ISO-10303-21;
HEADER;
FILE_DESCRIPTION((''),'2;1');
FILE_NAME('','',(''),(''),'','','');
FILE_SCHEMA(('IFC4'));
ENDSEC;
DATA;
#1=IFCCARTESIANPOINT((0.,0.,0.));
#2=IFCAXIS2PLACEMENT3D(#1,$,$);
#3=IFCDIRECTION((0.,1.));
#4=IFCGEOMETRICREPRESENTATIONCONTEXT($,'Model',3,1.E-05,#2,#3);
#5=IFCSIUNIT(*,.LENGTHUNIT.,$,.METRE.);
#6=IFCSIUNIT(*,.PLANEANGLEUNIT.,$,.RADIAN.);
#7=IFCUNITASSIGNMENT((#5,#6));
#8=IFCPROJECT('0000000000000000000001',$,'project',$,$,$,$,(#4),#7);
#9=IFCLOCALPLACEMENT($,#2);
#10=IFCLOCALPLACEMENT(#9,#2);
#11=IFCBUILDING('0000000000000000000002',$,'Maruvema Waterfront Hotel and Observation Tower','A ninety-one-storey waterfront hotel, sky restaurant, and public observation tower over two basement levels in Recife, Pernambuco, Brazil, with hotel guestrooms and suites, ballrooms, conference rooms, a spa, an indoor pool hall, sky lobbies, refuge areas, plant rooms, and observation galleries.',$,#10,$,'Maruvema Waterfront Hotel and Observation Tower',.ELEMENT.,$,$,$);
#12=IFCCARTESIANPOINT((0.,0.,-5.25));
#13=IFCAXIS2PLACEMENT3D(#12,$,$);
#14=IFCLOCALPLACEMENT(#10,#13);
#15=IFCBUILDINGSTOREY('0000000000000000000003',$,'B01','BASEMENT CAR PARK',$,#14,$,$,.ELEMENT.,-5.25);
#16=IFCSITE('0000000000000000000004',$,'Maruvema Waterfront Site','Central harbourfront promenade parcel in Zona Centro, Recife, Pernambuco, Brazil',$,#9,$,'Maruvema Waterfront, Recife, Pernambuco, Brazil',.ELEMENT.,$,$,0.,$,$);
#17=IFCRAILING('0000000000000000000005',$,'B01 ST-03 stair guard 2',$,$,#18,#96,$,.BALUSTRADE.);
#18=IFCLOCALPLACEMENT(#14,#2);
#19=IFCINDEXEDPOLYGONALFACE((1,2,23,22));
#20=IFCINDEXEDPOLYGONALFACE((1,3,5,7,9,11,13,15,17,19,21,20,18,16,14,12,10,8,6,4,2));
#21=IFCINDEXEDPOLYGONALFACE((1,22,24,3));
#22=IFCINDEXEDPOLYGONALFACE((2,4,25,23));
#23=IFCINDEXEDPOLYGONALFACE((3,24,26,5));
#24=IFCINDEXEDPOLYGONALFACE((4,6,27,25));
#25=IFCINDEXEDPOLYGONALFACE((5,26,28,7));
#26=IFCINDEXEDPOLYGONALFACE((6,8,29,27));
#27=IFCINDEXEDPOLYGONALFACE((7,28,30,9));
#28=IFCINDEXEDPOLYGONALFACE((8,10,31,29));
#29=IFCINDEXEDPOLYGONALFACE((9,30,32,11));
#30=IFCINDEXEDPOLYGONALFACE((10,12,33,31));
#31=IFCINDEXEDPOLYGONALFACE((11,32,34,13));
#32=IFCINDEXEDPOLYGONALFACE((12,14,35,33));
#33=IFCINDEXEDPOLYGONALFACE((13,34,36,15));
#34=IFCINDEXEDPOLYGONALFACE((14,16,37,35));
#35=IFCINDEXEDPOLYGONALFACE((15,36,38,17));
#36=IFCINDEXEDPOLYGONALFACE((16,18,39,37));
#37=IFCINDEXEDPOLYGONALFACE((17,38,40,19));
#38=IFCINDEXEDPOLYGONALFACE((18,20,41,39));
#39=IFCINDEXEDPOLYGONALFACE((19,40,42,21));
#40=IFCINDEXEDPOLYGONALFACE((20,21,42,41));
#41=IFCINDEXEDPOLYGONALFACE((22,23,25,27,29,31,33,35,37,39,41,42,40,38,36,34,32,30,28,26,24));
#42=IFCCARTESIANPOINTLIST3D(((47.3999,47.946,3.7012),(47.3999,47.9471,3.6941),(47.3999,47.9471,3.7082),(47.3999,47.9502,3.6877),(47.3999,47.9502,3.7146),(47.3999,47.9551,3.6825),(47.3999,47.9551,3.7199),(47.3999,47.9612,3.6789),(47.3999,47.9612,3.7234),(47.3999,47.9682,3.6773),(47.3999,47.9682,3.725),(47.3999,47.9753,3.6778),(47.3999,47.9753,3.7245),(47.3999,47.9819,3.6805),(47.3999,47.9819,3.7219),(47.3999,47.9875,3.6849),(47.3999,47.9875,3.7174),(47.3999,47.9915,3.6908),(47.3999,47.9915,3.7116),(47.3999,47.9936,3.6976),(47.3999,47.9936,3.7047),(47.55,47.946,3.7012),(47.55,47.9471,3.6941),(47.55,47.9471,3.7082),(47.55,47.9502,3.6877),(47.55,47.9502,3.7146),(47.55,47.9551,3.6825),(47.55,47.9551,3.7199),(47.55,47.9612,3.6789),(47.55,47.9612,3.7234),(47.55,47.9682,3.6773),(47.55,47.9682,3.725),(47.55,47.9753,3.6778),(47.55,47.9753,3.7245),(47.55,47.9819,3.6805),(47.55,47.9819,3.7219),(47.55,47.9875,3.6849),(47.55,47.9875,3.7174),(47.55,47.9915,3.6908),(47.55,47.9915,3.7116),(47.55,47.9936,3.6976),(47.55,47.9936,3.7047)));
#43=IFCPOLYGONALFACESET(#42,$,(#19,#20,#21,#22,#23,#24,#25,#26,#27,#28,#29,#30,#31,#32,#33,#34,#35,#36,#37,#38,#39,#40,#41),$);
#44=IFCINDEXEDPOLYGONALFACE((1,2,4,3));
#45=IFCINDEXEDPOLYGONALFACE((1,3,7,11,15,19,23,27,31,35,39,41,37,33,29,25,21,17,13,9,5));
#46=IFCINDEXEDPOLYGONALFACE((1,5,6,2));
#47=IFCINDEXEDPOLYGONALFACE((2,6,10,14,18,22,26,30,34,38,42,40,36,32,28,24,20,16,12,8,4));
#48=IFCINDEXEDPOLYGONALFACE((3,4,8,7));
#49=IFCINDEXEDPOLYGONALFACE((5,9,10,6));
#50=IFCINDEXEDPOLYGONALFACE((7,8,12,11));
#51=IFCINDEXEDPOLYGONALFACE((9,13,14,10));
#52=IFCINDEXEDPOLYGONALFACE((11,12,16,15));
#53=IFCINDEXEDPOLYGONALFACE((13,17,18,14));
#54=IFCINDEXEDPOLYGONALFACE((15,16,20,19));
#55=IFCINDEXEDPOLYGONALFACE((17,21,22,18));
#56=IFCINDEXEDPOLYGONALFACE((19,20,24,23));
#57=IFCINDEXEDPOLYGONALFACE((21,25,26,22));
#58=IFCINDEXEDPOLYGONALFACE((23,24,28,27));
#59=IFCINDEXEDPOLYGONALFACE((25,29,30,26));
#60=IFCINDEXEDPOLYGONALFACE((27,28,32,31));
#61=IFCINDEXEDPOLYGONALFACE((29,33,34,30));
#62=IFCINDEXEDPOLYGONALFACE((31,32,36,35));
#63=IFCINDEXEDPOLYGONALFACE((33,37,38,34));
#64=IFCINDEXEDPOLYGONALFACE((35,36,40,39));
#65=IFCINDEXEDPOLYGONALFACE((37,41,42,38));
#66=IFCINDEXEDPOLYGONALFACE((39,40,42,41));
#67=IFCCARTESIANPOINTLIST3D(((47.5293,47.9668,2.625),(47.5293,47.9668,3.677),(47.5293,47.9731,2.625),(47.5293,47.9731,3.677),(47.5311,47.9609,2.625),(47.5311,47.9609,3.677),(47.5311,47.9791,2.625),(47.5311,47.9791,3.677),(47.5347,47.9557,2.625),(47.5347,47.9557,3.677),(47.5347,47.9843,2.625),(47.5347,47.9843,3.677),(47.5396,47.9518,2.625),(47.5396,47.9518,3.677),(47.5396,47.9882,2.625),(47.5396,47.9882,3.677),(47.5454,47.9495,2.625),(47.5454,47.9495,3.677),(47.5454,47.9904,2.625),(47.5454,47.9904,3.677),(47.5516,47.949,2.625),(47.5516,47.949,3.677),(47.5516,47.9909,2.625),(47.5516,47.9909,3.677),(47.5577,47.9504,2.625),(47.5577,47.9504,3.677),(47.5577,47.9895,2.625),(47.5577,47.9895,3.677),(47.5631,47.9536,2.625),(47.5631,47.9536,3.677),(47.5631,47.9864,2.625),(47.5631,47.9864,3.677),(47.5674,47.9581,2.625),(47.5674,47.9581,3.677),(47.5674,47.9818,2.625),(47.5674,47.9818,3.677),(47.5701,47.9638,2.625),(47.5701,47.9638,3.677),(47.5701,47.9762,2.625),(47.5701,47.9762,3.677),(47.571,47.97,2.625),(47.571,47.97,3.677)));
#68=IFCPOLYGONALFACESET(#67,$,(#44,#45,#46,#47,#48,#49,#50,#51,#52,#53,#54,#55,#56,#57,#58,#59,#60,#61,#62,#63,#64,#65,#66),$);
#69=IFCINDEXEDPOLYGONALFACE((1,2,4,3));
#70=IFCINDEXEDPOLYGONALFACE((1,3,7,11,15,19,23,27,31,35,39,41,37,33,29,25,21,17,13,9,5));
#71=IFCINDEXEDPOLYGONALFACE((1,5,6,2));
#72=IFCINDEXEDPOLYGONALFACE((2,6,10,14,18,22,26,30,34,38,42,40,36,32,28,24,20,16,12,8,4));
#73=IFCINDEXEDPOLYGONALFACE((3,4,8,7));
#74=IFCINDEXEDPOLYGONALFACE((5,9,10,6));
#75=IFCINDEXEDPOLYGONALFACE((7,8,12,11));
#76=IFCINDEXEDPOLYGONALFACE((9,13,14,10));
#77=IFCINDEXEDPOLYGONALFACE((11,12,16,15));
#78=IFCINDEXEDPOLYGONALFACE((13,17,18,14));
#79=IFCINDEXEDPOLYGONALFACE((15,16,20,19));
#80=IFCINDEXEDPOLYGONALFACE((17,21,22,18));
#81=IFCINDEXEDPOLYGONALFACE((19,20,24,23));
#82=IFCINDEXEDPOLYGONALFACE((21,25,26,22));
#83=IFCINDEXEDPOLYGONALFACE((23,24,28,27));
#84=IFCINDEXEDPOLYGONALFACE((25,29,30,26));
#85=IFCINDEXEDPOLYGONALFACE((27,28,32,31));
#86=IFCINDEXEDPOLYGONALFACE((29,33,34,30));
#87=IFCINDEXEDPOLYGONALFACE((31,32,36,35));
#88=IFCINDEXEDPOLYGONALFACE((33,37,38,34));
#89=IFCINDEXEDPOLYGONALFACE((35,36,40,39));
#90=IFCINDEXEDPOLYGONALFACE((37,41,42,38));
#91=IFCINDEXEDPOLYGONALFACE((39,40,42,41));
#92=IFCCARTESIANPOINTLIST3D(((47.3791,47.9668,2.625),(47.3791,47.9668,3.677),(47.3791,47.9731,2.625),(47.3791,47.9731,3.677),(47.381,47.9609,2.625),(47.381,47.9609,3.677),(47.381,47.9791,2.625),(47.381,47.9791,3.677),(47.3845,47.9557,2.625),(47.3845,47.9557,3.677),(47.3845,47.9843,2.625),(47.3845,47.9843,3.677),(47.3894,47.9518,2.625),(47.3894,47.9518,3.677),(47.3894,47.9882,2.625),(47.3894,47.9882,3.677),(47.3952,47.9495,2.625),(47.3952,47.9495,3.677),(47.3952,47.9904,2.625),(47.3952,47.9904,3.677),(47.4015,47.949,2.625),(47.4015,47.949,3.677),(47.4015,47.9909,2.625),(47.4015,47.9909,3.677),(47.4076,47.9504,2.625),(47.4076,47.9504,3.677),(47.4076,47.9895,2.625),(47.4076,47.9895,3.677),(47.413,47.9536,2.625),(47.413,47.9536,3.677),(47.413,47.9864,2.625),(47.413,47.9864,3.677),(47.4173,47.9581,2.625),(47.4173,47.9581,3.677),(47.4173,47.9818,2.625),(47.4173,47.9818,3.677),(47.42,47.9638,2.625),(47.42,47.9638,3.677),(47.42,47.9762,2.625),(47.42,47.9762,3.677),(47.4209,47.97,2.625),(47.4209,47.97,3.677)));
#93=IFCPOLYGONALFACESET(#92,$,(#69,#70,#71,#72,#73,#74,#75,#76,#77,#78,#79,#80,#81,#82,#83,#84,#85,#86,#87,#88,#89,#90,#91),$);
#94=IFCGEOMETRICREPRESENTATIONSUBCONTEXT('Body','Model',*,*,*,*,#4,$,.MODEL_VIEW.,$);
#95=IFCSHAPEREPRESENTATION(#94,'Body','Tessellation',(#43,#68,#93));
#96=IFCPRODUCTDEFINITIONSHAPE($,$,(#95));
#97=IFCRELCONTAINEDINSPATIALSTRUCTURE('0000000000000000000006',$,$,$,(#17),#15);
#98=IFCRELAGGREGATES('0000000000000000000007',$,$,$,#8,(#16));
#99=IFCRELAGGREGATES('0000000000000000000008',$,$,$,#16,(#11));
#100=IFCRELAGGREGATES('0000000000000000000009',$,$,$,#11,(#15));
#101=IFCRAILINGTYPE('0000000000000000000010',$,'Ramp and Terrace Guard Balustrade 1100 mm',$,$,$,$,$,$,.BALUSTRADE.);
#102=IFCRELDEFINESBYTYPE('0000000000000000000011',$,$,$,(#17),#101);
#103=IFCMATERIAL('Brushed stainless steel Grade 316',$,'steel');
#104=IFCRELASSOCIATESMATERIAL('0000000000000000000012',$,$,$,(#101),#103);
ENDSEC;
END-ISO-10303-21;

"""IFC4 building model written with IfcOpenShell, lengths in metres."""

from ifc_helpers import new_model, si_unit, direction, frame, origin, origin_2d, place, context, subcontext, project, spatial, circle, extrude, material, type_object, element, save


model = new_model("IFC4")

# Units and contexts
model_context = context("Model", 3, precision=1e-05, world=origin(), true_north=direction((0.0, 1.0)))
body_context = subcontext(model_context, "Body", "Model", "MODEL_VIEW")
ifc_project = project(units=[si_unit("LENGTHUNIT", "METRE"), si_unit("PLANEANGLEUNIT", "RADIAN")], contexts=[model_context])

# Site, building, storey
site_placement = place(None, origin())
site = spatial("IfcSite", under=ifc_project, at=site_placement, Name="Maruvema Waterfront Site", Description="Central harbourfront promenade parcel in Zona Centro, Recife, Pernambuco, Brazil", LongName="Maruvema Waterfront, Recife, Pernambuco, Brazil", CompositionType="ELEMENT", RefElevation=0.0)
building_placement = place(site_placement, origin())
building = spatial("IfcBuilding", under=site, at=building_placement, Name="Maruvema Waterfront Hotel and Observation Tower", Description="A ninety-one-storey waterfront hotel, sky restaurant, and public observation tower over two basement levels in Recife, Pernambuco, Brazil, with hotel guestrooms and suites, ballrooms, conference rooms, a spa, an indoor pool hall, sky lobbies, refuge areas, plant rooms, and observation galleries.", LongName="Maruvema Waterfront Hotel and Observation Tower", CompositionType="ELEMENT")
storey_placement = place(building_placement, frame((0.0, 0.0, -5.25)))
storey = spatial("IfcBuildingStorey", under=building, at=storey_placement, Name="B01", Description="BASEMENT CAR PARK", CompositionType="ELEMENT", Elevation=-5.25)

# Railing
ifc_material_1 = material(Name="Brushed stainless steel Grade 316", Category="steel")
railing_type_1 = type_object("IfcRailingType", Name="Ramp and Terrace Guard Balustrade 1100 mm", PredefinedType="BALUSTRADE", material=ifc_material_1)
railing_1_placement = place(storey_placement, frame((47.55, 47.97, 2.625)))
element("IfcRailing", 1, at=railing_1_placement, inside=storey, type_object=railing_type_1, Name="B01 ST-03 stair guard 2", PredefinedType="BALUSTRADE", context=body_context, shape_type="SweptSolid", body=[
    extrude(circle(Radius=0.0239, at=origin_2d()), frame((0.0, 0.0, 1.0762), z_axis=(-1.0, 0.0, 0.0), x_axis=(0.0, -1.0, 0.0)), (0.0, 0.0, 1.0), 0.1501),
    extrude(circle(Radius=0.021, at=origin_2d()), origin(), (0.0, 0.0, 1.0), 1.052),
    extrude(circle(Radius=0.021, at=origin_2d()), frame((-0.1501, 0.0, 0.0)), (0.0, 0.0, 1.0), 1.052),
])

save(model, "model.ifc")
